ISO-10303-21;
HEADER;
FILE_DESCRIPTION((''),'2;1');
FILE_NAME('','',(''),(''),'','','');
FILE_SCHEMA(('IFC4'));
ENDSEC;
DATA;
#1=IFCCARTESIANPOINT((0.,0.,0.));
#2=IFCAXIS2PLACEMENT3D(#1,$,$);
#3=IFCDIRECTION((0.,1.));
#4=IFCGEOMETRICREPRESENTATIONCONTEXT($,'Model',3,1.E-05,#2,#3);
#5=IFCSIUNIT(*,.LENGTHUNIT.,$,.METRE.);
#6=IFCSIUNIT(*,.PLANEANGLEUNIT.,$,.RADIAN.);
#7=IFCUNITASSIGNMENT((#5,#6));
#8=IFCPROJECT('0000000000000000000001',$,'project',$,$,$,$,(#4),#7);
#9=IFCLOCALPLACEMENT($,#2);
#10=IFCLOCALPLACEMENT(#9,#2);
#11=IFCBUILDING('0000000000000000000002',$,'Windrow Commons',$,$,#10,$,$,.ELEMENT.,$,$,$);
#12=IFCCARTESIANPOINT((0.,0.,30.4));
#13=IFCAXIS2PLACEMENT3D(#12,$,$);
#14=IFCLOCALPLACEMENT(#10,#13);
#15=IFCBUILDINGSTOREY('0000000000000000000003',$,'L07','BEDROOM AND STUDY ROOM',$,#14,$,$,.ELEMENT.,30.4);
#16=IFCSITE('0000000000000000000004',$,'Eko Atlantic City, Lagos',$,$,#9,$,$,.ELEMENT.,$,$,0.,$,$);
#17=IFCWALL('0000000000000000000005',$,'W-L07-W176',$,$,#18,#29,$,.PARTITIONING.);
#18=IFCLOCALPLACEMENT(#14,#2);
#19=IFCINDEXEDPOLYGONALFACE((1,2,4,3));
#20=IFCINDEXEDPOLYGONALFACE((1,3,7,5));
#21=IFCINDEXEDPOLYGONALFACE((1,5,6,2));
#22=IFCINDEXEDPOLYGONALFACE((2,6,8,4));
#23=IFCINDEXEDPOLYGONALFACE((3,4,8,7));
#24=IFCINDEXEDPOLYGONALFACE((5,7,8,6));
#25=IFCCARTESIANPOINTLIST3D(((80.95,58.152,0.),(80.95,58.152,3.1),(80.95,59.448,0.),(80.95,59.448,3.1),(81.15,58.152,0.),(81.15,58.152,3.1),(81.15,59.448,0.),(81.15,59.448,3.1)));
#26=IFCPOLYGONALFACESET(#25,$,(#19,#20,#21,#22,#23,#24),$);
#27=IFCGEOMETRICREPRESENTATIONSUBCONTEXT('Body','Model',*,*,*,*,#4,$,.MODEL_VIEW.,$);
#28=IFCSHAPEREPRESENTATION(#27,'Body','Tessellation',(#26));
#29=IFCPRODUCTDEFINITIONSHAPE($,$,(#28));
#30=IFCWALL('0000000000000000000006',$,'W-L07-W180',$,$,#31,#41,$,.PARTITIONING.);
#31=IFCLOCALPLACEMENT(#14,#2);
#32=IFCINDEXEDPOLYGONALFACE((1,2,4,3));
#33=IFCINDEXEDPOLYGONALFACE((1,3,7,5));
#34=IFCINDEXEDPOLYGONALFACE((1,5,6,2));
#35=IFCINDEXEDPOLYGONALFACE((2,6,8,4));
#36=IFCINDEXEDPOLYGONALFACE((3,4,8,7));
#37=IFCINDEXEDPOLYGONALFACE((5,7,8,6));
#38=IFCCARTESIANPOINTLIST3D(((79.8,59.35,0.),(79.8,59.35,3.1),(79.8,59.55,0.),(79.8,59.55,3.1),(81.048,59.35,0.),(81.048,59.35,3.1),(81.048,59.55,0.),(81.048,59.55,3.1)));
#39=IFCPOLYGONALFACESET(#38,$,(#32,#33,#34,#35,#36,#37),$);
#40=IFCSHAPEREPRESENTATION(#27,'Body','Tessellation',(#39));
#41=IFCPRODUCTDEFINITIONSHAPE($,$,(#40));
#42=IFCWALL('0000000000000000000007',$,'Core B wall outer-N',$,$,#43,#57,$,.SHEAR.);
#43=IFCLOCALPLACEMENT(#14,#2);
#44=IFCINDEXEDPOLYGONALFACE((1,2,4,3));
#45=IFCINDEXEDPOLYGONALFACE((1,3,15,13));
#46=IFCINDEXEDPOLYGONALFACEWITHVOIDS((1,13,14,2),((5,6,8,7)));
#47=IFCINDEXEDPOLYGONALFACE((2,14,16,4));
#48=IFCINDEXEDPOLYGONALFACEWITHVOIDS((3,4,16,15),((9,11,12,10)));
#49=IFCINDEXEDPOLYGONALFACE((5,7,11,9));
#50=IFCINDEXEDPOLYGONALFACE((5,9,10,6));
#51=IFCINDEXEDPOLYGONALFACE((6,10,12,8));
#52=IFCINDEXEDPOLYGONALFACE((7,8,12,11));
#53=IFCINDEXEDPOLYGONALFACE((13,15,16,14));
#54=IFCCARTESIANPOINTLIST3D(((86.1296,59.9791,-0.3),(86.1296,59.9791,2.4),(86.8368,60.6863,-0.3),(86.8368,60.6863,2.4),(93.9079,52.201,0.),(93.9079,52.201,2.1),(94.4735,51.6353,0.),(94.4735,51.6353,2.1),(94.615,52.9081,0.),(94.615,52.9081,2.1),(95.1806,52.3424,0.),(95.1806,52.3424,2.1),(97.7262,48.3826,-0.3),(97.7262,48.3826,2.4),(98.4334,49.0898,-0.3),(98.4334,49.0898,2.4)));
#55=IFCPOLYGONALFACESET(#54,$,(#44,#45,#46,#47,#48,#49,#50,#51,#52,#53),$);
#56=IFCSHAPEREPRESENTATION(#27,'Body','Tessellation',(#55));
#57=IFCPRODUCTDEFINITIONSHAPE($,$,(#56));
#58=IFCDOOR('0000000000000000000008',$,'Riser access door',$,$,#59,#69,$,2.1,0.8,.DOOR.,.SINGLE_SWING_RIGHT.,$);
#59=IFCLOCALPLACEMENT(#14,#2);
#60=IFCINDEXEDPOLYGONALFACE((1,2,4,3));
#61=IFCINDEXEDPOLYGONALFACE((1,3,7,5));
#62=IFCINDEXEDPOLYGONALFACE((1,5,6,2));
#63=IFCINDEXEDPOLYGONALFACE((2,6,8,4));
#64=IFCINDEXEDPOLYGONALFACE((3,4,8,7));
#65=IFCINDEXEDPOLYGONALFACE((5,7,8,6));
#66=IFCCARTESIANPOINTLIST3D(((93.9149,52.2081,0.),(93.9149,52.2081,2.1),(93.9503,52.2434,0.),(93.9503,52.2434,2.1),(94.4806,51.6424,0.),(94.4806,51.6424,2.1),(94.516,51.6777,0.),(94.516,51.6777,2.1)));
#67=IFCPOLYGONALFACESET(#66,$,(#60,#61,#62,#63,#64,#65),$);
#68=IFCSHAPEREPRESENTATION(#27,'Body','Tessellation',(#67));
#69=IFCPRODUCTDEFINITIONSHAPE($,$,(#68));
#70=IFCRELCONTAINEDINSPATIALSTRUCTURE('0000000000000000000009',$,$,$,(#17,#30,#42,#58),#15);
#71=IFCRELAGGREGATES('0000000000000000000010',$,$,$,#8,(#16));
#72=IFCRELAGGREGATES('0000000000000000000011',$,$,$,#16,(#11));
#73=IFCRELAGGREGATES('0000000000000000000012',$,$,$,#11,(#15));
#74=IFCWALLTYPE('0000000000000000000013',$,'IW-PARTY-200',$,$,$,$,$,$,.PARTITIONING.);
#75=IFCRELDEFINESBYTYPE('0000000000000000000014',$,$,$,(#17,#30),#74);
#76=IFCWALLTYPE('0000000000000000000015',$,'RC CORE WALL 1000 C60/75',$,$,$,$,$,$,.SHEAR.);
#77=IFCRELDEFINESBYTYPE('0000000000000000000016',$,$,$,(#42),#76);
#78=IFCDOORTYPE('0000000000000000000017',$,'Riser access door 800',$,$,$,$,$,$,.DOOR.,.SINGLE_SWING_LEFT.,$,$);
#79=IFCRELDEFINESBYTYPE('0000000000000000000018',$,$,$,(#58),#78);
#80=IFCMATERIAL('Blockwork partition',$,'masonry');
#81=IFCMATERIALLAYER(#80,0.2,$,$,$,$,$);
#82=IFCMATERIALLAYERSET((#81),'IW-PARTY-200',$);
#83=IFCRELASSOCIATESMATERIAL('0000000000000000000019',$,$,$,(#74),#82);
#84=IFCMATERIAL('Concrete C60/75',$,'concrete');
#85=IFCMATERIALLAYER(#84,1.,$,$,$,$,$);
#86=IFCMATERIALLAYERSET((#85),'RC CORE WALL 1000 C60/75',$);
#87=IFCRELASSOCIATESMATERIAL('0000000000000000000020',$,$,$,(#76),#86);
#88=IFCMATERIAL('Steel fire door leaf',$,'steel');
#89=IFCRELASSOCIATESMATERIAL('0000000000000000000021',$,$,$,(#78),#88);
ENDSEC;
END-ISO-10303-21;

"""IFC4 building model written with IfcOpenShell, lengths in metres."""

from ifc_helpers import new_model, si_unit, direction, frame, frame_2d, origin, place, context, subcontext, project, spatial, rectangle, extrude, material, layer, layer_set, type_object, element, fill, save


model = new_model("IFC4")

# Units and contexts
model_context = context("Model", 3, precision=1e-05, world=origin(), true_north=direction((0.0, 1.0)))
body_context = subcontext(model_context, "Body", "Model", "MODEL_VIEW")
ifc_project = project(units=[si_unit("LENGTHUNIT", "METRE"), si_unit("PLANEANGLEUNIT", "RADIAN")], contexts=[model_context])

# Site, building, storey
site_placement = place(None, origin())
site = spatial("IfcSite", under=ifc_project, at=site_placement, Name="Eko Atlantic City, Lagos", CompositionType="ELEMENT", RefElevation=0.0)
building_placement = place(site_placement, origin())
building = spatial("IfcBuilding", under=site, at=building_placement, Name="Windrow Commons", CompositionType="ELEMENT")
storey_placement = place(building_placement, frame((0.0, 0.0, 30.4)))
storey = spatial("IfcBuildingStorey", under=building, at=storey_placement, Name="L07", Description="BEDROOM AND STUDY ROOM", CompositionType="ELEMENT", Elevation=30.4)

# Walls
ifc_material_1 = material(Name="Blockwork partition", Category="masonry")
ifc_layer_1 = layer(ifc_material_1, 0.2)
ifc_layer_set_1 = layer_set([ifc_layer_1], Name="IW-PARTY-200")
wall_type_1 = type_object("IfcWallType", Name="IW-PARTY-200", PredefinedType="PARTITIONING", material=ifc_layer_set_1)
wall_1_placement = place(storey_placement, frame((81.05, 58.152, 0.0), z_axis=(0.0, 0.0, 1.0), x_axis=(0.0, 1.0, 0.0)))
element("IfcWall", 1, at=wall_1_placement, inside=storey, type_object=wall_type_1, Name="W-L07-W176", PredefinedType="PARTITIONING", context=body_context, shape_type="SweptSolid", body=[
    extrude(rectangle(XDim=1.296, YDim=0.2, at=frame_2d((0.648, 0.0))), origin(), (0.0, 0.0, 1.0), 3.1),
])
wall_2_placement = place(storey_placement, frame((79.8, 59.45, 0.0), z_axis=(0.0, 0.0, 1.0), x_axis=(1.0, 0.0, 0.0)))
element("IfcWall", 2, at=wall_2_placement, inside=storey, type_object=wall_type_1, Name="W-L07-W180", PredefinedType="PARTITIONING", context=body_context, shape_type="SweptSolid", body=[
    extrude(rectangle(XDim=1.248, YDim=0.2, at=frame_2d((0.624, 0.0))), origin(), (0.0, 0.0, 1.0), 3.1),
])

# Wall, opening, door
ifc_material_2 = material(Name="Concrete C60/75", Category="concrete")
ifc_layer_2 = layer(ifc_material_2, 1.0)
ifc_layer_set_2 = layer_set([ifc_layer_2], Name="RC CORE WALL 1000 C60/75")
wall_type_2 = type_object("IfcWallType", Name="RC CORE WALL 1000 C60/75", PredefinedType="SHEAR", material=ifc_layer_set_2)
wall_3_placement = place(storey_placement, frame((86.4832, 60.3327, -0.3), z_axis=(0.0, 0.0, 1.0), x_axis=(0.70711, -0.707104, 0.0)))
wall_3 = element("IfcWall", 3, at=wall_3_placement, inside=storey, type_object=wall_type_2, Name="Core B wall outer-N", PredefinedType="SHEAR", context=body_context, shape_type="SweptSolid", body=[
    extrude(rectangle(XDim=16.4, YDim=1.0, at=frame_2d((8.2, 0.0))), origin(), (0.0, 0.0, 1.0), 2.7),
])
opening_1_placement = place(wall_3_placement, frame((11.0, 0.0, 0.3)))
opening_1 = element("IfcOpeningElement", 4, at=opening_1_placement, cuts=wall_3, PredefinedType="OPENING", context=body_context, shape_type="SweptSolid", body=[
    extrude(rectangle(XDim=0.8, YDim=2.1, at=frame_2d((0.4, 1.05))), frame((0.0, 0.51, 0.0), z_axis=(0.0, -1.0, 0.0), x_axis=(1.0, 0.0, 0.0)), (0.0, 0.0, 1.0), 1.02),
])
ifc_material_3 = material(Name="Steel fire door leaf", Category="steel")
door_type_1 = type_object("IfcDoorType", Name="Riser access door 800", OperationType="SINGLE_SWING_LEFT", PredefinedType="DOOR", material=ifc_material_3)
door_1_placement = place(opening_1_placement, origin())
door_1 = element("IfcDoor", 5, at=door_1_placement, inside=storey, type_object=door_type_1, Name="Riser access door", OperationType="SINGLE_SWING_RIGHT", OverallHeight=2.1, OverallWidth=0.8, PredefinedType="DOOR", context=body_context, shape_type="SweptSolid", body=[
    extrude(rectangle(XDim=0.8, YDim=2.1, at=frame_2d((0.4, 1.05))), frame((0.0, -0.44, 0.0), z_axis=(0.0, -1.0, 0.0), x_axis=(1.0, 0.0, 0.0)), (0.0, 0.0, 1.0), 0.05),
])
fill(opening_1, door_1)

save(model, "model.ifc")
